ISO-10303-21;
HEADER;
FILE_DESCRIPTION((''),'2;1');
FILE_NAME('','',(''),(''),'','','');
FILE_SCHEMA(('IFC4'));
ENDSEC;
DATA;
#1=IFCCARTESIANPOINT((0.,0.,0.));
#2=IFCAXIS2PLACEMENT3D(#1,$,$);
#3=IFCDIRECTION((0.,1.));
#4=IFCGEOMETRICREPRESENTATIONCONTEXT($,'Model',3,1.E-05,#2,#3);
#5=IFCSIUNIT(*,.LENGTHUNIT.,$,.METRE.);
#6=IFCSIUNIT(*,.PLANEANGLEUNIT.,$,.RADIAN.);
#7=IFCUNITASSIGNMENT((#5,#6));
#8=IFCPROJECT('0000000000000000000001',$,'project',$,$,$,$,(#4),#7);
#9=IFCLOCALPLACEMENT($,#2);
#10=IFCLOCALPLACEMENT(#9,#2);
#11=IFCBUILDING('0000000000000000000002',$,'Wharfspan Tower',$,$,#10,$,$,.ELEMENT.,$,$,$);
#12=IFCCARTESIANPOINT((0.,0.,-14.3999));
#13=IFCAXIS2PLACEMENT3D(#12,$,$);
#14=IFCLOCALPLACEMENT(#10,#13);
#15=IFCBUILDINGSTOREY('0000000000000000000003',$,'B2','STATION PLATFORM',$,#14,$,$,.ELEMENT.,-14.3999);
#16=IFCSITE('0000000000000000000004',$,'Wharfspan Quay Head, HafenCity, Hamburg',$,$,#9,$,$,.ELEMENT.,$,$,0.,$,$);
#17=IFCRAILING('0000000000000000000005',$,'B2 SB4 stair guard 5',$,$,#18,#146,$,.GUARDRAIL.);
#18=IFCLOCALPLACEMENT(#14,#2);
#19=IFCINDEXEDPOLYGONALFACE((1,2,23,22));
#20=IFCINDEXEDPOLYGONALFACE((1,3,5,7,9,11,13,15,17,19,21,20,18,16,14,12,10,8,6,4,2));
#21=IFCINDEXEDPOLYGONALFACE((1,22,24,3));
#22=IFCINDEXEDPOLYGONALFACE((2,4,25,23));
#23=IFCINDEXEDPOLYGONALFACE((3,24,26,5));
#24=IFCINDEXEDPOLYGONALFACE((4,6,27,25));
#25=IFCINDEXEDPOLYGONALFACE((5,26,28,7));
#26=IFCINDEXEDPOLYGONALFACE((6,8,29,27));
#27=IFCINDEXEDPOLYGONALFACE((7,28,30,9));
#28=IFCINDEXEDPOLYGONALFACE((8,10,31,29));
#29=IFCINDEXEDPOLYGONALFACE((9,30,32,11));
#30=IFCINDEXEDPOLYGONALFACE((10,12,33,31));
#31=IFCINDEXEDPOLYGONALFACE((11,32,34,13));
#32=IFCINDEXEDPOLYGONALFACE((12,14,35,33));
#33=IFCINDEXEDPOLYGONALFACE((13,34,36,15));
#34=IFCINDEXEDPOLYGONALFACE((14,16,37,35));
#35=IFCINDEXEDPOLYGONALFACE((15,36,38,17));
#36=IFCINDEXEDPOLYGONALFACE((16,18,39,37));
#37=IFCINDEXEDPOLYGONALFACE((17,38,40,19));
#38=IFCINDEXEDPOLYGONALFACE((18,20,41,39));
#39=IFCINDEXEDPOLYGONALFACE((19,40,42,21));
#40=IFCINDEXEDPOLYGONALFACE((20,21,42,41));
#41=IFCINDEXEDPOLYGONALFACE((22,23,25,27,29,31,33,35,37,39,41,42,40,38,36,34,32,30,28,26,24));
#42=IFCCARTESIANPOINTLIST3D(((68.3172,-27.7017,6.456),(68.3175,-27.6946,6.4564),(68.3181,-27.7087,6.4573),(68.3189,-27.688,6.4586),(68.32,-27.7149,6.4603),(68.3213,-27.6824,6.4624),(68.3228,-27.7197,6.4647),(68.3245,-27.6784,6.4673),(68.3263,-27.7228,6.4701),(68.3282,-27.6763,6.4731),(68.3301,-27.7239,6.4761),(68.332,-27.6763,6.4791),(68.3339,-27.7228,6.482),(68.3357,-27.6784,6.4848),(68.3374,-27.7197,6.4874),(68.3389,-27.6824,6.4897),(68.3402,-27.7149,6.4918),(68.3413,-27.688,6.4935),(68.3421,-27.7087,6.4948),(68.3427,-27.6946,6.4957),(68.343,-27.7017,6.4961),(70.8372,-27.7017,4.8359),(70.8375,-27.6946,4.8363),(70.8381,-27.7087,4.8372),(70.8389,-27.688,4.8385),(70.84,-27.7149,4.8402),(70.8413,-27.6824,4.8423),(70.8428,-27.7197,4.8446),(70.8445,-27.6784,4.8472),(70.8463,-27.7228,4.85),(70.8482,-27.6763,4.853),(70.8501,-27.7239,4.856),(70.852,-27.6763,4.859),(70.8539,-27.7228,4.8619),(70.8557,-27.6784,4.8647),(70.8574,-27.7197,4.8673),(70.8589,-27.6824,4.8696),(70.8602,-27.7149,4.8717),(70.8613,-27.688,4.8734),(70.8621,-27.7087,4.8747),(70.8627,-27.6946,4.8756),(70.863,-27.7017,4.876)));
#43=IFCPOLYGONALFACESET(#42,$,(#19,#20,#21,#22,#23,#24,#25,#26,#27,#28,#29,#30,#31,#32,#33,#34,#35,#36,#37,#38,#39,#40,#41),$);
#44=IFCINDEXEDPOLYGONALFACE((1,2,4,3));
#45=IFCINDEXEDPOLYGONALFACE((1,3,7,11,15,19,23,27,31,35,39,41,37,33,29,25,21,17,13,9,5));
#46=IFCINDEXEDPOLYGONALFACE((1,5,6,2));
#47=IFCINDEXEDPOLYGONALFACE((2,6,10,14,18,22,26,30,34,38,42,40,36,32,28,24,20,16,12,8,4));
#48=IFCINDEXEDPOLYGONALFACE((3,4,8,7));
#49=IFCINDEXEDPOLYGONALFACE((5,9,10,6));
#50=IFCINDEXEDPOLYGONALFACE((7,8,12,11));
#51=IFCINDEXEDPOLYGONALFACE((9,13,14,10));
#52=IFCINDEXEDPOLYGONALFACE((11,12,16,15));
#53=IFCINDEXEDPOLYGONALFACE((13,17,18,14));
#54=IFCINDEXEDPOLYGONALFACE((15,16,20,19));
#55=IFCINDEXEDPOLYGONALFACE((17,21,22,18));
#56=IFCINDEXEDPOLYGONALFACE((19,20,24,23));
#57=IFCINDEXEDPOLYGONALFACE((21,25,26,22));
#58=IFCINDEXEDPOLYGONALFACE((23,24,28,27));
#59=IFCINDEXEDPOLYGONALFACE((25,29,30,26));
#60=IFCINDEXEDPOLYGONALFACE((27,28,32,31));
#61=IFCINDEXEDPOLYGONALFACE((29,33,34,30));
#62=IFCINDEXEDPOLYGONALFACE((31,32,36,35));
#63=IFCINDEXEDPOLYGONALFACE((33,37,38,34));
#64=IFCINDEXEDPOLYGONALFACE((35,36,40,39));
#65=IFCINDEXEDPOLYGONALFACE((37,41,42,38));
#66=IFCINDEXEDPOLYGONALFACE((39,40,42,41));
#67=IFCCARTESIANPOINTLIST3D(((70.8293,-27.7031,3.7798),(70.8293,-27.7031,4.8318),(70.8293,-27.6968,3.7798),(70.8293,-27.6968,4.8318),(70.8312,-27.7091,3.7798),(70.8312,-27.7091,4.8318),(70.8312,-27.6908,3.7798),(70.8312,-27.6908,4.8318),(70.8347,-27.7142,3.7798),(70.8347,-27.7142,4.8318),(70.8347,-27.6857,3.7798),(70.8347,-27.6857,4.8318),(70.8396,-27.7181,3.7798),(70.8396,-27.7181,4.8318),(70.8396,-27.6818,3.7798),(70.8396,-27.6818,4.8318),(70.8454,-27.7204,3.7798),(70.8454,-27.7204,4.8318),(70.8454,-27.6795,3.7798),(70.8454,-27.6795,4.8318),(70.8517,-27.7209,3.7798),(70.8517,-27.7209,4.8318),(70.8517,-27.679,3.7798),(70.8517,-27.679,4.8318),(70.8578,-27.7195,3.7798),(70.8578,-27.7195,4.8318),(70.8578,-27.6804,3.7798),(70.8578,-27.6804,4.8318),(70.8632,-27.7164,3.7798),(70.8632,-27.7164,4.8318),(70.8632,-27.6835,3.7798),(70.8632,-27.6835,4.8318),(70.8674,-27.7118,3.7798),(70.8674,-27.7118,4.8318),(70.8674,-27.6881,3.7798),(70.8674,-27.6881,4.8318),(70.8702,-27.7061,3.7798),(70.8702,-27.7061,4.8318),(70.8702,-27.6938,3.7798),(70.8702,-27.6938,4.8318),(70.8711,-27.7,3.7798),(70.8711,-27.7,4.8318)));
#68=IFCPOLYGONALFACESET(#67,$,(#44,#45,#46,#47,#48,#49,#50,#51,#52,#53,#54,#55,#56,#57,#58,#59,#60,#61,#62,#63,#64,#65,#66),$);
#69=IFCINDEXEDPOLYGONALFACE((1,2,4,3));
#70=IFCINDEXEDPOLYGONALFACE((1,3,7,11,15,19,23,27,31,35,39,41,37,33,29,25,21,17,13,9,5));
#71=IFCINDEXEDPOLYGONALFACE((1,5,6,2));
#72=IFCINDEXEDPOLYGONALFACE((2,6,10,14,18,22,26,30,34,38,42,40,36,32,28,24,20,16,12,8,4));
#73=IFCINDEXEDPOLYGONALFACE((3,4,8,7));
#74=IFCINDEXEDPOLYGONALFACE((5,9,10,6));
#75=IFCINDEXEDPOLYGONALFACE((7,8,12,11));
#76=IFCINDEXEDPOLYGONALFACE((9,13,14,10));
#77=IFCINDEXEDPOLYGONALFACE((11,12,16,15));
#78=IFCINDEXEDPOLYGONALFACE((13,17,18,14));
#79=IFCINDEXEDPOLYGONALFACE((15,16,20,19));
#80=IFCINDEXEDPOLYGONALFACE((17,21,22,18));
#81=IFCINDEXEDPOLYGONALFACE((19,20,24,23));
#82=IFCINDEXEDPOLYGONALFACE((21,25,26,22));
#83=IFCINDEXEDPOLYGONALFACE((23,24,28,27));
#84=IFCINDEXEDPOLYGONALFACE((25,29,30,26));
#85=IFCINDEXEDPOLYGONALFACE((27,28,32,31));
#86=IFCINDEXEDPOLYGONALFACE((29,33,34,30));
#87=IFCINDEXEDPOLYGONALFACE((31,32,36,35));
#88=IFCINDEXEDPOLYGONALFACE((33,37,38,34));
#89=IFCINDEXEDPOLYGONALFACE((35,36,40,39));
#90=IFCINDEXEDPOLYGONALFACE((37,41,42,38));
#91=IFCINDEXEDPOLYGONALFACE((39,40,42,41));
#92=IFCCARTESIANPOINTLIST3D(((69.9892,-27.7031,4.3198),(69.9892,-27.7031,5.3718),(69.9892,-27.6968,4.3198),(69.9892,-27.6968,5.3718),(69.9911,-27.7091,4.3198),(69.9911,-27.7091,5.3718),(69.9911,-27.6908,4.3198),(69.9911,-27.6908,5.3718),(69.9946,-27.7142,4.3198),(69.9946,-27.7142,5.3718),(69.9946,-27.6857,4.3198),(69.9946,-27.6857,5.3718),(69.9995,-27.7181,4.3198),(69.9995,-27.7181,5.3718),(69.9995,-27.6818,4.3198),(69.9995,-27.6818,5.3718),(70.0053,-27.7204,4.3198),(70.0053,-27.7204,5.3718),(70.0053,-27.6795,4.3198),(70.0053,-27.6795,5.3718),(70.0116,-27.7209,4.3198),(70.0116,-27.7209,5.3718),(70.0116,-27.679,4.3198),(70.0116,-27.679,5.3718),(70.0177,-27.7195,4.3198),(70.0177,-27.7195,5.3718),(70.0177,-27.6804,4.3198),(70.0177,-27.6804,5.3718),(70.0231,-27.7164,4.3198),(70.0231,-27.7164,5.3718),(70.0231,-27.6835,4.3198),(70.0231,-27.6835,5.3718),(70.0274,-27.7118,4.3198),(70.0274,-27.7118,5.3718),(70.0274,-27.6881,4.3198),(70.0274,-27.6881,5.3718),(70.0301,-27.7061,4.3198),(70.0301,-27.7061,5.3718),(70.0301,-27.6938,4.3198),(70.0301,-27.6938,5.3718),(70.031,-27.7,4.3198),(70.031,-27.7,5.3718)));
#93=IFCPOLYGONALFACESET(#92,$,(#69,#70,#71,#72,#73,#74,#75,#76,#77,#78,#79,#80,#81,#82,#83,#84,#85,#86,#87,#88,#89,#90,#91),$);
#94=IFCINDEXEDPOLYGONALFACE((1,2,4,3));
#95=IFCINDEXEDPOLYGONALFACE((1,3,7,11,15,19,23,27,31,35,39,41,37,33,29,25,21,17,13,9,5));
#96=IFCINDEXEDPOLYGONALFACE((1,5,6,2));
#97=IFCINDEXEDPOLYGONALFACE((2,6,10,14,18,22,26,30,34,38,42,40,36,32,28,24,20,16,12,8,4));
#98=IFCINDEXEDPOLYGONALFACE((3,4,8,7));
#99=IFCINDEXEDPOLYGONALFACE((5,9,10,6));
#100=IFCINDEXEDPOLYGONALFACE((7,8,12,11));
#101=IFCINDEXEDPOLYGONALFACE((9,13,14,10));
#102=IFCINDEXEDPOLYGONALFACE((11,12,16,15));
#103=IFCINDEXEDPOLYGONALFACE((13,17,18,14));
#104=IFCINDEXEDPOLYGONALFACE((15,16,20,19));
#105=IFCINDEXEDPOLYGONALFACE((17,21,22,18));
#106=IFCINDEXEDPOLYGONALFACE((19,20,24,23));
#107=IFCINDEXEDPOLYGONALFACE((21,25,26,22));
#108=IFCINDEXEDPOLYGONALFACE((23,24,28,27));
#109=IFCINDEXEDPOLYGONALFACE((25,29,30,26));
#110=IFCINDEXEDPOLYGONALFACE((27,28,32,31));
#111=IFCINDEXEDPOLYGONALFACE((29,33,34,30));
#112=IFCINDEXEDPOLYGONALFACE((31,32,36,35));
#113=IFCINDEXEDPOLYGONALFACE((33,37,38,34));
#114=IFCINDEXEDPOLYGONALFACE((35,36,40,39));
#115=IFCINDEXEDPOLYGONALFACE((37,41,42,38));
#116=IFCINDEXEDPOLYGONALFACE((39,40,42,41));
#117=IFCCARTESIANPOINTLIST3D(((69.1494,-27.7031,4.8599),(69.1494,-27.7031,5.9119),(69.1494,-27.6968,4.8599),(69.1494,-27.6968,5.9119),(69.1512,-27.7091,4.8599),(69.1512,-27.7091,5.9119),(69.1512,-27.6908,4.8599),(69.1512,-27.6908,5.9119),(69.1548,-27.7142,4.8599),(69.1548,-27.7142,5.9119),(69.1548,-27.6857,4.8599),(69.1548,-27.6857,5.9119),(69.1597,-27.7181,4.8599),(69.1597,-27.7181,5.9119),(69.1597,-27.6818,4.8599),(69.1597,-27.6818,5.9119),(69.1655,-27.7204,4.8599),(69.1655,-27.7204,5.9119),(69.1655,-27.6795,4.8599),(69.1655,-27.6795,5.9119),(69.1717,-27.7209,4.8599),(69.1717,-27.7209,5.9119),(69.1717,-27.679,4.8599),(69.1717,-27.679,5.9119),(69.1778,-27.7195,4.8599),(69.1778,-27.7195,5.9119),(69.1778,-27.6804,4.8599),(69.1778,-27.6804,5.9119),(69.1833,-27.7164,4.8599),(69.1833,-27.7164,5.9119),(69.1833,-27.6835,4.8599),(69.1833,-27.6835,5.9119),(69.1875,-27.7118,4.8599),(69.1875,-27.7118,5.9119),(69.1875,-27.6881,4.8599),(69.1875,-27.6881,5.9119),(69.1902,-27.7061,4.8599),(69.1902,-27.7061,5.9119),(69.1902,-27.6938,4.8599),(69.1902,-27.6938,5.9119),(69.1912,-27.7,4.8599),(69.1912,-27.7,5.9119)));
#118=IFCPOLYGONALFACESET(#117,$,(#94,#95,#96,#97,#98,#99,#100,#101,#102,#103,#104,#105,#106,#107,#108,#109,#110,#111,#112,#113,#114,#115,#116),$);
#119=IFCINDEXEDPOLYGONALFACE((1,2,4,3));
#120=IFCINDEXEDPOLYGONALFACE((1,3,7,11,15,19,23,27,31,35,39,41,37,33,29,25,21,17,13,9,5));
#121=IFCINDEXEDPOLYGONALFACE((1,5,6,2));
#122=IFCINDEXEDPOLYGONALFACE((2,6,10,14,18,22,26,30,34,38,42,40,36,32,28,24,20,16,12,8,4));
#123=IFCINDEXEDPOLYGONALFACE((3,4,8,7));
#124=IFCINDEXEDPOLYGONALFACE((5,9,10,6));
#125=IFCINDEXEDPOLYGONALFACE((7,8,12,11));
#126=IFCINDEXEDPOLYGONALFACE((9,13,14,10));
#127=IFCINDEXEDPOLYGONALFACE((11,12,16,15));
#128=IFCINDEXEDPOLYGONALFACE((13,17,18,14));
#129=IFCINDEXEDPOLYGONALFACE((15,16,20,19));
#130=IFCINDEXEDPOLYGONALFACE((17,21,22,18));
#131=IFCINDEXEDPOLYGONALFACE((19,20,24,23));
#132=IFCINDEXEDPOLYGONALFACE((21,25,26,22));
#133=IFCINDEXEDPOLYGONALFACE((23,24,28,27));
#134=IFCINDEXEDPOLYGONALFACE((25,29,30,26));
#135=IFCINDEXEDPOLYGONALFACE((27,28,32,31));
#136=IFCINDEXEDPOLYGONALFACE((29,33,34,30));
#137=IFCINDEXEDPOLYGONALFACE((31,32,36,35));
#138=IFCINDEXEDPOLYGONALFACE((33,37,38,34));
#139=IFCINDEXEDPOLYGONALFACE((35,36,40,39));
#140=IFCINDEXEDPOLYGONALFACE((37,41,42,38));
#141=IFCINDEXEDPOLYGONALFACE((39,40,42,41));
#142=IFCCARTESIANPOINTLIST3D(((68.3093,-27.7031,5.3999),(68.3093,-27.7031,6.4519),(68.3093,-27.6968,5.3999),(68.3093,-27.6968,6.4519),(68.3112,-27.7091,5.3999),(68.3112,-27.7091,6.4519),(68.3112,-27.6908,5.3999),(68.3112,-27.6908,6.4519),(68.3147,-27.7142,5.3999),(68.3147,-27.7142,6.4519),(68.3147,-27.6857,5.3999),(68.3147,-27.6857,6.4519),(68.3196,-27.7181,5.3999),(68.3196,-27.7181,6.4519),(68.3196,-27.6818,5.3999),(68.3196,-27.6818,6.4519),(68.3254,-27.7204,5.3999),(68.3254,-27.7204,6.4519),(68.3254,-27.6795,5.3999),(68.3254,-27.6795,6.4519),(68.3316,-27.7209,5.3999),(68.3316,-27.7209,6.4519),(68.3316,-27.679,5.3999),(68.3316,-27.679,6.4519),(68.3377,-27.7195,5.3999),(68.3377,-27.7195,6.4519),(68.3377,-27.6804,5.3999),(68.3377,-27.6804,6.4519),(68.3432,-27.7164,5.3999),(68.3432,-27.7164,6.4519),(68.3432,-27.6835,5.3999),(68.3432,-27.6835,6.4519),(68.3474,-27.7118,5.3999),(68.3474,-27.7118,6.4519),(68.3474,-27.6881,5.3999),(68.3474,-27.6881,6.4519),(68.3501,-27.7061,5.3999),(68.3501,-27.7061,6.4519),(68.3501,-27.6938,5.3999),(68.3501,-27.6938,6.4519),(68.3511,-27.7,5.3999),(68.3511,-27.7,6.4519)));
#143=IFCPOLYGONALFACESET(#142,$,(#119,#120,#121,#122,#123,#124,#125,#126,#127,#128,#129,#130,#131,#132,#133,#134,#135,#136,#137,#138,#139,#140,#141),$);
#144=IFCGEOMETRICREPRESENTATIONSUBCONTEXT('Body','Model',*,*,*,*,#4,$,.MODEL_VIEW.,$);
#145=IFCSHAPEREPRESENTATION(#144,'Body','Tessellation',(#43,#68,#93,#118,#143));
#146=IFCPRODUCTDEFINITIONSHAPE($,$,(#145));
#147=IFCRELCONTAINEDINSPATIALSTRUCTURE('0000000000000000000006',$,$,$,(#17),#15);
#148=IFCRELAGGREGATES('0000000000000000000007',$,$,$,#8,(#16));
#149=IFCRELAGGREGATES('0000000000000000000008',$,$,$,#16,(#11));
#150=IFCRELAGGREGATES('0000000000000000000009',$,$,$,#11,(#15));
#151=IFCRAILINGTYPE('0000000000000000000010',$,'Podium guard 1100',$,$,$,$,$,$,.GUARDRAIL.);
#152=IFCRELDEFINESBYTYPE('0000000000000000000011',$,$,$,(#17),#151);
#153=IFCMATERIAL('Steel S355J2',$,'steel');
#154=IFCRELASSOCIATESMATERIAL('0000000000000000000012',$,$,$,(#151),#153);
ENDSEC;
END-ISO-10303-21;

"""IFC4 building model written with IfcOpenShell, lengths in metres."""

from ifc_helpers import new_model, si_unit, direction, frame, origin, origin_2d, place, context, subcontext, project, spatial, circle, extrude, material, type_object, element, save


model = new_model("IFC4")

# Units and contexts
model_context = context("Model", 3, precision=1e-05, world=origin(), true_north=direction((0.0, 1.0)))
body_context = subcontext(model_context, "Body", "Model", "MODEL_VIEW")
ifc_project = project(units=[si_unit("LENGTHUNIT", "METRE"), si_unit("PLANEANGLEUNIT", "RADIAN")], contexts=[model_context])

# Site, building, storey
site_placement = place(None, origin())
site = spatial("IfcSite", under=ifc_project, at=site_placement, Name="Wharfspan Quay Head, HafenCity, Hamburg", CompositionType="ELEMENT", RefElevation=0.0)
building_placement = place(site_placement, origin())
building = spatial("IfcBuilding", under=site, at=building_placement, Name="Wharfspan Tower", CompositionType="ELEMENT")
storey_placement = place(building_placement, frame((0.0, 0.0, -14.3999)))
storey = spatial("IfcBuildingStorey", under=building, at=storey_placement, Name="B2", Description="STATION PLATFORM", CompositionType="ELEMENT", Elevation=-14.3999)

# Railing
ifc_material_1 = material(Name="Steel S355J2", Category="steel")
railing_type_1 = type_object("IfcRailingType", Name="Podium guard 1100", PredefinedType="GUARDRAIL", material=ifc_material_1)
railing_1_placement = place(storey_placement, frame((70.8501, -27.7, 3.7798)))
element("IfcRailing", 1, at=railing_1_placement, inside=storey, type_object=railing_type_1, Name="B2 SB4 stair guard 5", PredefinedType="GUARDRAIL", context=body_context, shape_type="SweptSolid", body=[
    extrude(circle(Radius=0.0239, at=origin_2d()), frame((0.0, 0.0, 1.0762), z_axis=(-0.841163, 0.0, 0.540782), x_axis=(0.0, -1.0, 0.0)), (0.0, 0.0, 1.0), 2.9958),
    extrude(circle(Radius=0.021, at=origin_2d()), origin(), (0.0, 0.0, 1.0), 1.052),
    extrude(circle(Radius=0.021, at=origin_2d()), frame((-0.8401, 0.0, 0.54)), (0.0, 0.0, 1.0), 1.052),
    extrude(circle(Radius=0.021, at=origin_2d()), frame((-1.6799, 0.0, 1.0801)), (0.0, 0.0, 1.0), 1.052),
    extrude(circle(Radius=0.021, at=origin_2d()), frame((-2.52, 0.0, 1.6201)), (0.0, 0.0, 1.0), 1.052),
])

save(model, "model.ifc")
